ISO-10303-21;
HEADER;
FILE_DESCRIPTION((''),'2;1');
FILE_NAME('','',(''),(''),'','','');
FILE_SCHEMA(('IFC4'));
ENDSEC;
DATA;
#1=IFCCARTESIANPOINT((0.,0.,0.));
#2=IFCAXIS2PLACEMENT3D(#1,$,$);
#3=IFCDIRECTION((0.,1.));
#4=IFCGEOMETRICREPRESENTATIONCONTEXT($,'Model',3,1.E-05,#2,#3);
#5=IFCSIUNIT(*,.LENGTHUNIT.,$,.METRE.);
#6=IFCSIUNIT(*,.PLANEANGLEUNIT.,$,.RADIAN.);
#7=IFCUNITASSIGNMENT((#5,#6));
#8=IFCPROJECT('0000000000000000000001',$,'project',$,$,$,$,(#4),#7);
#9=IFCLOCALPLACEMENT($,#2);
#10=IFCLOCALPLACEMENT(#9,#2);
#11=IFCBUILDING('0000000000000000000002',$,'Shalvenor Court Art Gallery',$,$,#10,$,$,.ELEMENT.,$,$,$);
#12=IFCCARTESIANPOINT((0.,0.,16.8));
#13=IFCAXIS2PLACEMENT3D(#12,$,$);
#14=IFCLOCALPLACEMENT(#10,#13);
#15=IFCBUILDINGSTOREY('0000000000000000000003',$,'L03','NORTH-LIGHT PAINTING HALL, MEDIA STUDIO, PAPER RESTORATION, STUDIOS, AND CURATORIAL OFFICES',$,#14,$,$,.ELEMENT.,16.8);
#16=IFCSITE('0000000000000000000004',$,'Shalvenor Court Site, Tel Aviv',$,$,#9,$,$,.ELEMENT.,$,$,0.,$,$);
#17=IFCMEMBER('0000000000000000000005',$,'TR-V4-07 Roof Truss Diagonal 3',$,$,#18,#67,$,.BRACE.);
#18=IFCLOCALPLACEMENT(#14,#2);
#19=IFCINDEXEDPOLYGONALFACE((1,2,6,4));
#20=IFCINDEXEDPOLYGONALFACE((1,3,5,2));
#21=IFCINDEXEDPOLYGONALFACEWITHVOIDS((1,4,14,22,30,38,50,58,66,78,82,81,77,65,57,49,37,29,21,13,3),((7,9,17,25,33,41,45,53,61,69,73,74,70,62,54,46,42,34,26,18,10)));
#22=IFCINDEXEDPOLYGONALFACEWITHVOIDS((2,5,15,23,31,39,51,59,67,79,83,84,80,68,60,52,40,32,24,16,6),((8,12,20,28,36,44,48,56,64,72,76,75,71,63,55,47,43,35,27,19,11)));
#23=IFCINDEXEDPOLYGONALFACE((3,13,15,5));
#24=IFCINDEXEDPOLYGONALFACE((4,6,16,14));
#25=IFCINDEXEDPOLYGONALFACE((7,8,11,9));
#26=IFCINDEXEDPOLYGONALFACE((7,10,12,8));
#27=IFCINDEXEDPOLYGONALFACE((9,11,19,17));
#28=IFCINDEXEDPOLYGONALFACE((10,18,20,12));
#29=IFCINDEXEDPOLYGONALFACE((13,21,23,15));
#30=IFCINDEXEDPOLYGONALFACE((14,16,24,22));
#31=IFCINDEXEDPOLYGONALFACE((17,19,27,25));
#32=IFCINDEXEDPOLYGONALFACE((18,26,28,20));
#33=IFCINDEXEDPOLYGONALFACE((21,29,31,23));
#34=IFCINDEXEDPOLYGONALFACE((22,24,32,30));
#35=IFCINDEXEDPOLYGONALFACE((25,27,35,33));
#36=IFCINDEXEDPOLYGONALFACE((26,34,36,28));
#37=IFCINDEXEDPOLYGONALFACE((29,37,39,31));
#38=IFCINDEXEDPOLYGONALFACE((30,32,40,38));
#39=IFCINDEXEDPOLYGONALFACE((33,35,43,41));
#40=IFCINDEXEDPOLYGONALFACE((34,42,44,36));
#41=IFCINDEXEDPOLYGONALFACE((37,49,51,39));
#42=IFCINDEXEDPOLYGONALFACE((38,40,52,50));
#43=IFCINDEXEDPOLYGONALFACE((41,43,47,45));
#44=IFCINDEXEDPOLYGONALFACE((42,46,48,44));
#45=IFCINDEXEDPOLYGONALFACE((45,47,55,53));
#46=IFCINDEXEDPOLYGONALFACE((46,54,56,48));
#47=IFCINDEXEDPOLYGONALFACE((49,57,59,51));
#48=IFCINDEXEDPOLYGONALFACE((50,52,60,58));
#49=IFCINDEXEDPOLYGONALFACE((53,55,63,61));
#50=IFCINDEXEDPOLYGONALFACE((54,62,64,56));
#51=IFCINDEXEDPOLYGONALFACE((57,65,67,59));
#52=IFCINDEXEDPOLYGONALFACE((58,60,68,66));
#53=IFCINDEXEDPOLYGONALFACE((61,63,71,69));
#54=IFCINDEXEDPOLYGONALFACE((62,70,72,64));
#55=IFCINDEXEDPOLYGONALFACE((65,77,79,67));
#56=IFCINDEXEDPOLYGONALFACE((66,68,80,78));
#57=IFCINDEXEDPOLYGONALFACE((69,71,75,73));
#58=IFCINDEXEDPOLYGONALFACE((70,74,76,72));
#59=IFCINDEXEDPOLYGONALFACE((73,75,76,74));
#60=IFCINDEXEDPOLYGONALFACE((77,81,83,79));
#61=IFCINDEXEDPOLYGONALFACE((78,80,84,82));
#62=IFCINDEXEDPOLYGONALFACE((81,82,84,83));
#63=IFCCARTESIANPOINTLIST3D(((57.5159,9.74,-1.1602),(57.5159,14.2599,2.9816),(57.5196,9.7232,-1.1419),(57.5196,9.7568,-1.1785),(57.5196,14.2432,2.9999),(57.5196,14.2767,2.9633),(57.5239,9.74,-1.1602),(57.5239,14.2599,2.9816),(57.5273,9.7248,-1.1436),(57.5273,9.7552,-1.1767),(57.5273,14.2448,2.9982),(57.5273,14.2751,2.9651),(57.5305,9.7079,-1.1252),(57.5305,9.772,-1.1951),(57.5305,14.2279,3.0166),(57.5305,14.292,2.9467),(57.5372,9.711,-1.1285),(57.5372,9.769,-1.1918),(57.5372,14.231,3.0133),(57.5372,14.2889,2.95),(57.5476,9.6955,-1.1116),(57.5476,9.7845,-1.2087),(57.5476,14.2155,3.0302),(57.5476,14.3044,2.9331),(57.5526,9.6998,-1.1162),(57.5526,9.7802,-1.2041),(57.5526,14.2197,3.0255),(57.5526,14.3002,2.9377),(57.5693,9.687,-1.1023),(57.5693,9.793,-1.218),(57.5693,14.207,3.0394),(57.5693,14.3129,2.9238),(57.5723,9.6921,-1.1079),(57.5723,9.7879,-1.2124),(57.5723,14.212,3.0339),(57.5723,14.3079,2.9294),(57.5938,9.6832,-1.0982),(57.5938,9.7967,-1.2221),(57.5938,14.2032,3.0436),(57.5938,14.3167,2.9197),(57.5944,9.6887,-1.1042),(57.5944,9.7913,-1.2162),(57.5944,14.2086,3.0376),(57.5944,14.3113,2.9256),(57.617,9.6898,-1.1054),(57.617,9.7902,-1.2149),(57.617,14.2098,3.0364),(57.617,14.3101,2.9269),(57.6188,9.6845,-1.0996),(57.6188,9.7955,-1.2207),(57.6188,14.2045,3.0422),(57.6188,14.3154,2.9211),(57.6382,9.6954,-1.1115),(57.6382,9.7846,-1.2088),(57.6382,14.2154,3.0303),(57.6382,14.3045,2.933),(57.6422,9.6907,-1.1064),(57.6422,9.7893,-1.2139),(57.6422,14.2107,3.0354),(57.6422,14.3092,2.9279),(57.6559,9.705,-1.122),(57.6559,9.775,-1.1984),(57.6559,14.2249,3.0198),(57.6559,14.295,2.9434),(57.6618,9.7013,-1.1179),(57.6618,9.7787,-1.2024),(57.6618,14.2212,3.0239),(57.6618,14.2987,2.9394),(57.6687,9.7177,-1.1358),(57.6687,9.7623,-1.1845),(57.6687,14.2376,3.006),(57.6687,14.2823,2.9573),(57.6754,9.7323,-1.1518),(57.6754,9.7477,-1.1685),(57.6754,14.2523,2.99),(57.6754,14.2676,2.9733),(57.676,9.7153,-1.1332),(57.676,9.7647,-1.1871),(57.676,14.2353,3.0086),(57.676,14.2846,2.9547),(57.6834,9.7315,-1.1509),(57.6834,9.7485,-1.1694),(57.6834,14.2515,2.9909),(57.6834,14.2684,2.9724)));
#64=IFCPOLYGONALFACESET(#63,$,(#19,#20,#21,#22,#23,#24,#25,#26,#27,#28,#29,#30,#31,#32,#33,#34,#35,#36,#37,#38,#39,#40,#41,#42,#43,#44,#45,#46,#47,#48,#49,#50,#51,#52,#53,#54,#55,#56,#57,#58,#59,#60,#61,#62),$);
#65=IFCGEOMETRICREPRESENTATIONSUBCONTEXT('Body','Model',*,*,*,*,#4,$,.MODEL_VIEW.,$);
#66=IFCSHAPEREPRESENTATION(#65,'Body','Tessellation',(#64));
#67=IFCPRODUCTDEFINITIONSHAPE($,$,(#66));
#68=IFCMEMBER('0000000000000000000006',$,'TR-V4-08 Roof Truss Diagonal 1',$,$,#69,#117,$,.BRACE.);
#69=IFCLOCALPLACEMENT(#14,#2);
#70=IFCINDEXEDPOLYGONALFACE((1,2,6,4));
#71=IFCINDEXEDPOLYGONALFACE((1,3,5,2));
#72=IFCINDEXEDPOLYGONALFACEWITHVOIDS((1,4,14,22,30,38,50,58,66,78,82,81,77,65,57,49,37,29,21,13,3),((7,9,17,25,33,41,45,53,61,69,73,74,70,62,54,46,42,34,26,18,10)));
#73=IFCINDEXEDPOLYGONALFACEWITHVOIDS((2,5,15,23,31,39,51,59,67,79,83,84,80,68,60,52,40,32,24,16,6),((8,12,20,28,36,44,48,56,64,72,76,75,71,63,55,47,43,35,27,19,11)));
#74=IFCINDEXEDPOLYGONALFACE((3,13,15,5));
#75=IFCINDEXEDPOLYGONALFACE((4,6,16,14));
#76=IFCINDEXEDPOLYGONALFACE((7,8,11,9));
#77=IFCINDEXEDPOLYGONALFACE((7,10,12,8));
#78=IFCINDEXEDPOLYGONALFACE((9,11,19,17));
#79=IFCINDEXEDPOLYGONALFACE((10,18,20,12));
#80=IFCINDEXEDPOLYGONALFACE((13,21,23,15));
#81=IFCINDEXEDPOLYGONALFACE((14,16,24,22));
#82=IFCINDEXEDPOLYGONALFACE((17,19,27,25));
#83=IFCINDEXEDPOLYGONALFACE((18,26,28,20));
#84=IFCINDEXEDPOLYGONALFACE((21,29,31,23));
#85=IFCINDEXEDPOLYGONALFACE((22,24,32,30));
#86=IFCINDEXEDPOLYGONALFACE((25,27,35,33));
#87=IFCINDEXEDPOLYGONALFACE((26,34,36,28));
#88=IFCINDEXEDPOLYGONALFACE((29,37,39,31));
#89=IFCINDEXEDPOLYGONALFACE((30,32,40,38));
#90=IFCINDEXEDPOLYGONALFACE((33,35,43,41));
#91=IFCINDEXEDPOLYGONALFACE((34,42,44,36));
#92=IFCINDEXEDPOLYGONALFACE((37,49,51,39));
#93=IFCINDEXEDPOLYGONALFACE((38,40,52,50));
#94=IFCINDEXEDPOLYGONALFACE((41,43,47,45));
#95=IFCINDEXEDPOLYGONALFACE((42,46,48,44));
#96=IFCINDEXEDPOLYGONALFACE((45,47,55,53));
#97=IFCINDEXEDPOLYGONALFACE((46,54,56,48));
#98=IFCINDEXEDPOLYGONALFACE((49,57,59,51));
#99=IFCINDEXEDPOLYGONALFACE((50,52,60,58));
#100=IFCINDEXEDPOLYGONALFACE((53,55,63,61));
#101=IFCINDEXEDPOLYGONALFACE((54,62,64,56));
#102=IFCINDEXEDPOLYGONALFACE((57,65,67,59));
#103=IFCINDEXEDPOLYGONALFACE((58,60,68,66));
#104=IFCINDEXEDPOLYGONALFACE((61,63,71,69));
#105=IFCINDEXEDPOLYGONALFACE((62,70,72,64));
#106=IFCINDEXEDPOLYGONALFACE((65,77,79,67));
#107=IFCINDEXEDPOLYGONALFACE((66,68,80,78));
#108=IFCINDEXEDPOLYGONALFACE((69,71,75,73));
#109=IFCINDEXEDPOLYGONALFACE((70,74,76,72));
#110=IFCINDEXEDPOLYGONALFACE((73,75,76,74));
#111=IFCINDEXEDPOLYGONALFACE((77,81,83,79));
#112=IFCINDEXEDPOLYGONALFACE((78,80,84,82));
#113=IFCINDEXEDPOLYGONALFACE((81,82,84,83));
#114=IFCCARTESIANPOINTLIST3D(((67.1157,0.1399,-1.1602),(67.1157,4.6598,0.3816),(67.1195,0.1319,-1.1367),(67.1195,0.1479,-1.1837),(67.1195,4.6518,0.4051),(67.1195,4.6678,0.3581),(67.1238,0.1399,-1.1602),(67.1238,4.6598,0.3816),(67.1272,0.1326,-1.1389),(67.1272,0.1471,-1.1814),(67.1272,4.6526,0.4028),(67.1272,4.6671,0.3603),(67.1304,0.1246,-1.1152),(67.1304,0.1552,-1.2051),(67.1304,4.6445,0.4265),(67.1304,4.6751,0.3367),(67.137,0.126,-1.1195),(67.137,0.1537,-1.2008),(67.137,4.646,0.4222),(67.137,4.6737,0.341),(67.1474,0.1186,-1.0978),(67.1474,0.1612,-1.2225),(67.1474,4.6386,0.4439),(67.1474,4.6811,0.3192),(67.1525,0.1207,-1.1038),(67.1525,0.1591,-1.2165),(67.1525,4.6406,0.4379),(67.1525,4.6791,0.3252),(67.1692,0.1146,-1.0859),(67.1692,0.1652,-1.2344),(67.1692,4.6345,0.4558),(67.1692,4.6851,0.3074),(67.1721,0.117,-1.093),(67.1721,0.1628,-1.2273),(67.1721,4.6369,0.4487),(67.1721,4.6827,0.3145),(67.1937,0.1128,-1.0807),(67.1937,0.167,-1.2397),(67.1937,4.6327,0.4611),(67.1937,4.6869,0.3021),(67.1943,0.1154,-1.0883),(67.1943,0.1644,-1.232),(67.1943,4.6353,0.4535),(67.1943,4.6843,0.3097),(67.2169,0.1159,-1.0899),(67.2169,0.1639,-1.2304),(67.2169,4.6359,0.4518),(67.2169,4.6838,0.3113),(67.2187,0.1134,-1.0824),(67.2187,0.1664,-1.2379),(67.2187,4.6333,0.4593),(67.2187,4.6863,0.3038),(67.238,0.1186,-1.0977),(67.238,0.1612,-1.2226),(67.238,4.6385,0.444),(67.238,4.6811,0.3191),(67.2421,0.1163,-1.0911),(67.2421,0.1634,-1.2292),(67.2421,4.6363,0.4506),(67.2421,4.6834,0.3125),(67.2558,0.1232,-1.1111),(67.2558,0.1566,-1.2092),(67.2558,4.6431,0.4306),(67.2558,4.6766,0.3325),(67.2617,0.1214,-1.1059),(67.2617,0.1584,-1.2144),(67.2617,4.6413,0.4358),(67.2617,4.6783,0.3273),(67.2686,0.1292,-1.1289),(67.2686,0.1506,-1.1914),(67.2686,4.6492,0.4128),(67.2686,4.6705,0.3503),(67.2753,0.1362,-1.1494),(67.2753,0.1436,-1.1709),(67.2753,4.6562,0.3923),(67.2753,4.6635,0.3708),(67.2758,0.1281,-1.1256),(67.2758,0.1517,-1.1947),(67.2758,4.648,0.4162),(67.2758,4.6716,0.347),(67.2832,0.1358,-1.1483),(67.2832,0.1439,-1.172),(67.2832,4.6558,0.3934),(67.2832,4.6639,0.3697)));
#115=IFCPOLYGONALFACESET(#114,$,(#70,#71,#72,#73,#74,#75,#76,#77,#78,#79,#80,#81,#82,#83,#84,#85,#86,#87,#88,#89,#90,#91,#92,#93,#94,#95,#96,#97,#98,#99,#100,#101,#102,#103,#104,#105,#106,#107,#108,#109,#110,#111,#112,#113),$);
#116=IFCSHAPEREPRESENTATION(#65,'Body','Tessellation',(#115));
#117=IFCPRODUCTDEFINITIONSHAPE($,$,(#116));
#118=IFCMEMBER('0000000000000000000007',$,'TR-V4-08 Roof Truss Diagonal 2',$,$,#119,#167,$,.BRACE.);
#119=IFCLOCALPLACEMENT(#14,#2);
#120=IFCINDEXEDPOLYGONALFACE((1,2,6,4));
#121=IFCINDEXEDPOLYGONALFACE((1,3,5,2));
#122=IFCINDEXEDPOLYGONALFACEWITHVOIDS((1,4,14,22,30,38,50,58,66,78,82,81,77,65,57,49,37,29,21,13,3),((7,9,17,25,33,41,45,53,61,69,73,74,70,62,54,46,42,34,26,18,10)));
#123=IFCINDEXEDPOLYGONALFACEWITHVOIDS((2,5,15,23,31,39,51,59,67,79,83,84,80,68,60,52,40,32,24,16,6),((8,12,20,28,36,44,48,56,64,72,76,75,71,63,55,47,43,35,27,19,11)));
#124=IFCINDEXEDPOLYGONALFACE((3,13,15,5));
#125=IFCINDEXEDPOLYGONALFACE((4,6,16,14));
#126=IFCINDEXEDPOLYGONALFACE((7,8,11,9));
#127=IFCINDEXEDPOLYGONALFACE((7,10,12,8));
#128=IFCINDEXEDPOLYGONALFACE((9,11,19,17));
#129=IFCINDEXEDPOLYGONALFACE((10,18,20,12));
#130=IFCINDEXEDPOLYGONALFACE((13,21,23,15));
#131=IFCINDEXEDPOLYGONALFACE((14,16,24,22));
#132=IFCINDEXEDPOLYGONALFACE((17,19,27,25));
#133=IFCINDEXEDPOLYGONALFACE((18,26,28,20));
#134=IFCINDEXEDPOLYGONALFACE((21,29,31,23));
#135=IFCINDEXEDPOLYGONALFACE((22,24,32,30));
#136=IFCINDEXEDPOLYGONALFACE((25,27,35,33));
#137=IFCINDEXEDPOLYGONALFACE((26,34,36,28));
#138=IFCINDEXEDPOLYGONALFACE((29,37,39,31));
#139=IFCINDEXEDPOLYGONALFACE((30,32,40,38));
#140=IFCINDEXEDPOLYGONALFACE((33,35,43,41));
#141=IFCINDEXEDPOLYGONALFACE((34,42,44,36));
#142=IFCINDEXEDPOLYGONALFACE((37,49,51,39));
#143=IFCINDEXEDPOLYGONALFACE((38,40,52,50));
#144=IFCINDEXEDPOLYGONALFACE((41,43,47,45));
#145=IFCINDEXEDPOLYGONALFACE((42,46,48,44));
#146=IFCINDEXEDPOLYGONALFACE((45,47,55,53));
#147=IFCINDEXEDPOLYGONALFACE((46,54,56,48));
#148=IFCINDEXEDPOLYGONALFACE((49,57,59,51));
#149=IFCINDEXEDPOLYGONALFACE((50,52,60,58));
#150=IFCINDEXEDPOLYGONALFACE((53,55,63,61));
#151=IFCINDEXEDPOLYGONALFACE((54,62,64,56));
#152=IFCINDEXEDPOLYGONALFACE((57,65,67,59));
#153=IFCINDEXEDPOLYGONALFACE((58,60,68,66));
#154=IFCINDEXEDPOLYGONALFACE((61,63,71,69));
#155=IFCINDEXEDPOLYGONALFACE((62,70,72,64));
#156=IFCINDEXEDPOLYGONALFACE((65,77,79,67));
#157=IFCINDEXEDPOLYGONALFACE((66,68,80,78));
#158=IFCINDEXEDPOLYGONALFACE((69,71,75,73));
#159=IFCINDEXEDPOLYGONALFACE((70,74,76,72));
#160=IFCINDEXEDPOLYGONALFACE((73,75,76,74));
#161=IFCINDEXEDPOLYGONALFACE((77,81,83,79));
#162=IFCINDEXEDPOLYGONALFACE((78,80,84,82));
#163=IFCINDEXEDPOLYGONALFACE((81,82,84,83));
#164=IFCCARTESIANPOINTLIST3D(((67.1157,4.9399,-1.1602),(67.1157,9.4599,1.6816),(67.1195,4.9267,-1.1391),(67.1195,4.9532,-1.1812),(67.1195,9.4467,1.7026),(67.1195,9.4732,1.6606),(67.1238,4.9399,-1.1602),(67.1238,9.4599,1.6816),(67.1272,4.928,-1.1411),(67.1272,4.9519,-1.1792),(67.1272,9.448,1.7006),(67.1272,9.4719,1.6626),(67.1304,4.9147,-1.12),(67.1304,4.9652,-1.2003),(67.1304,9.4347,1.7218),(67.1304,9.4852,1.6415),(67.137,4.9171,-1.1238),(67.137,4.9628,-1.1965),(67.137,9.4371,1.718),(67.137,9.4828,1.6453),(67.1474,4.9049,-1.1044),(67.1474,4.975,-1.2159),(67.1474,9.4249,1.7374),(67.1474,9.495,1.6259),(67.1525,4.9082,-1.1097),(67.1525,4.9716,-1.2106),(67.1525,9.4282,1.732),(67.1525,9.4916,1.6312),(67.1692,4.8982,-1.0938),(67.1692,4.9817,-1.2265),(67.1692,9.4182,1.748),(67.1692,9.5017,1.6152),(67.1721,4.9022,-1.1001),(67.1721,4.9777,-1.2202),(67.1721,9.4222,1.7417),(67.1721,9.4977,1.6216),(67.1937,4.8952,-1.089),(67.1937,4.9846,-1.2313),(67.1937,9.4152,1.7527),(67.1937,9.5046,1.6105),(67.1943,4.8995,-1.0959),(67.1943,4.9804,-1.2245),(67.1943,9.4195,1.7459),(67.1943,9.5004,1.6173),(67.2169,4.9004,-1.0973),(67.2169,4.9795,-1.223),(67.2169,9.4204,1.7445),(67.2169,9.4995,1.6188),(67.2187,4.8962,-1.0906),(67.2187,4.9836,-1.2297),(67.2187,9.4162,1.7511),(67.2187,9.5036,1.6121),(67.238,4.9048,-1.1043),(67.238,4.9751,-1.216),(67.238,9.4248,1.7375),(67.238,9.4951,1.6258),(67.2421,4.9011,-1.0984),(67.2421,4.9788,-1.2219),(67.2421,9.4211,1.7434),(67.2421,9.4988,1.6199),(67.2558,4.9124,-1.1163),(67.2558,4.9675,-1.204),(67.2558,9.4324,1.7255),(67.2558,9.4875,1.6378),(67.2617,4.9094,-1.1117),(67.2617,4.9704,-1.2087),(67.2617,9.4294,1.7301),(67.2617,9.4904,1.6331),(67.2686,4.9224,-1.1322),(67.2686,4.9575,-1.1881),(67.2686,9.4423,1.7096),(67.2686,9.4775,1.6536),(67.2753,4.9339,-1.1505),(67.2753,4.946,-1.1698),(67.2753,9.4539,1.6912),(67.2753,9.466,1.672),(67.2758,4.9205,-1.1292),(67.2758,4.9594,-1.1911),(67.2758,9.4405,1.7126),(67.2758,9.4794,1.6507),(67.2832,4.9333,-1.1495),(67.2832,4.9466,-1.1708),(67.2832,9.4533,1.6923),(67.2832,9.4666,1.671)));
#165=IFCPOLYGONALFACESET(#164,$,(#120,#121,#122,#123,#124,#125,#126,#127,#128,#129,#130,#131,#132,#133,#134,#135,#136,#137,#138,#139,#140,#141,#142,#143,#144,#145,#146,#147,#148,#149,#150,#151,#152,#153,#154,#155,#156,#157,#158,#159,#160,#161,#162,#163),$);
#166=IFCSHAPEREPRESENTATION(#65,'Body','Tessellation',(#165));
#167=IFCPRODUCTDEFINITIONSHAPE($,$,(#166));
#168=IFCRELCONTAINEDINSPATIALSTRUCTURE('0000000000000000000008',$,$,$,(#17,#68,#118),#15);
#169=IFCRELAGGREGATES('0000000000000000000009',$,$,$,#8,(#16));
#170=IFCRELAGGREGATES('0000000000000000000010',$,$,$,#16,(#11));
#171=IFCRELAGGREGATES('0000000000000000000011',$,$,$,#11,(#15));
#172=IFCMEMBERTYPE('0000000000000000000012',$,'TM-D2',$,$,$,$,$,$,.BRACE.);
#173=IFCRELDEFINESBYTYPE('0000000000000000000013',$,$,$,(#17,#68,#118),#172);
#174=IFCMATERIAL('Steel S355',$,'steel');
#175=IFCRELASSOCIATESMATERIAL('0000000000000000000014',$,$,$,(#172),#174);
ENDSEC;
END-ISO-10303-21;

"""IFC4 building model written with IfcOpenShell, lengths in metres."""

from ifc_helpers import new_model, si_unit, direction, frame, origin, origin_2d, place, context, subcontext, project, spatial, hollow_circle, extrude, material, material_profile, profile_set, type_object, element, save


model = new_model("IFC4")

# Units and contexts
model_context = context("Model", 3, precision=1e-05, world=origin(), true_north=direction((0.0, 1.0)))
body_context = subcontext(model_context, "Body", "Model", "MODEL_VIEW")
ifc_project = project(units=[si_unit("LENGTHUNIT", "METRE"), si_unit("PLANEANGLEUNIT", "RADIAN")], contexts=[model_context])

# Site, building, storey
site_placement = place(None, origin())
site = spatial("IfcSite", under=ifc_project, at=site_placement, Name="Shalvenor Court Site, Tel Aviv", CompositionType="ELEMENT", RefElevation=0.0)
building_placement = place(site_placement, origin())
building = spatial("IfcBuilding", under=site, at=building_placement, Name="Shalvenor Court Art Gallery", CompositionType="ELEMENT")
storey_placement = place(building_placement, frame((0.0, 0.0, 16.8)))
storey = spatial("IfcBuildingStorey", under=building, at=storey_placement, Name="L03", Description="NORTH-LIGHT PAINTING HALL, MEDIA STUDIO, PAPER RESTORATION, STUDIOS, AND CURATORIAL OFFICES", CompositionType="ELEMENT", Elevation=16.8)

# Members
ifc_material_1 = material(Name="Steel S355", Category="steel")
ifc_material_profile_1 = material_profile(ifc_material_1, hollow_circle(Radius=0.0842, WallThickness=0.0081, at=origin_2d()), Name="CHS 168.3x8.0")
ifc_profile_set_1 = profile_set([ifc_material_profile_1], Name="Steel S355")
member_type_1 = type_object("IfcMemberType", Name="TM-D2", PredefinedType="BRACE", material=ifc_profile_set_1)
member_1_placement = place(storey_placement, frame((57.6001, 9.74, -1.1602), z_axis=(0.0, 0.737276, 0.675591), x_axis=(-1.0, 0.0, 0.0)))
element("IfcMember", 1, at=member_1_placement, inside=storey, type_object=member_type_1, Name="TR-V4-07 Roof Truss Diagonal 3", PredefinedType="BRACE", context=body_context, shape_type="SweptSolid", body=[
    extrude(hollow_circle(Radius=0.0842, WallThickness=0.0081, at=origin_2d()), origin(), (0.0, 0.0, 1.0), 6.1306),
])
member_2_placement = place(storey_placement, frame((67.2, 0.1399, -1.1602), z_axis=(0.0, 0.946457, 0.32283), x_axis=(-1.0, 0.0, 0.0)))
element("IfcMember", 2, at=member_2_placement, inside=storey, type_object=member_type_1, Name="TR-V4-08 Roof Truss Diagonal 1", PredefinedType="BRACE", context=body_context, shape_type="SweptSolid", body=[
    extrude(hollow_circle(Radius=0.0842, WallThickness=0.0081, at=origin_2d()), origin(), (0.0, 0.0, 1.0), 4.7756),
])
member_3_placement = place(storey_placement, frame((67.2, 4.9399, -1.1602), z_axis=(0.0, 0.846582, 0.532258), x_axis=(-1.0, 0.0, 0.0)))
element("IfcMember", 3, at=member_3_placement, inside=storey, type_object=member_type_1, Name="TR-V4-08 Roof Truss Diagonal 2", PredefinedType="BRACE", context=body_context, shape_type="SweptSolid", body=[
    extrude(hollow_circle(Radius=0.0842, WallThickness=0.0081, at=origin_2d()), origin(), (0.0, 0.0, 1.0), 5.3391),
])

save(model, "model.ifc")
